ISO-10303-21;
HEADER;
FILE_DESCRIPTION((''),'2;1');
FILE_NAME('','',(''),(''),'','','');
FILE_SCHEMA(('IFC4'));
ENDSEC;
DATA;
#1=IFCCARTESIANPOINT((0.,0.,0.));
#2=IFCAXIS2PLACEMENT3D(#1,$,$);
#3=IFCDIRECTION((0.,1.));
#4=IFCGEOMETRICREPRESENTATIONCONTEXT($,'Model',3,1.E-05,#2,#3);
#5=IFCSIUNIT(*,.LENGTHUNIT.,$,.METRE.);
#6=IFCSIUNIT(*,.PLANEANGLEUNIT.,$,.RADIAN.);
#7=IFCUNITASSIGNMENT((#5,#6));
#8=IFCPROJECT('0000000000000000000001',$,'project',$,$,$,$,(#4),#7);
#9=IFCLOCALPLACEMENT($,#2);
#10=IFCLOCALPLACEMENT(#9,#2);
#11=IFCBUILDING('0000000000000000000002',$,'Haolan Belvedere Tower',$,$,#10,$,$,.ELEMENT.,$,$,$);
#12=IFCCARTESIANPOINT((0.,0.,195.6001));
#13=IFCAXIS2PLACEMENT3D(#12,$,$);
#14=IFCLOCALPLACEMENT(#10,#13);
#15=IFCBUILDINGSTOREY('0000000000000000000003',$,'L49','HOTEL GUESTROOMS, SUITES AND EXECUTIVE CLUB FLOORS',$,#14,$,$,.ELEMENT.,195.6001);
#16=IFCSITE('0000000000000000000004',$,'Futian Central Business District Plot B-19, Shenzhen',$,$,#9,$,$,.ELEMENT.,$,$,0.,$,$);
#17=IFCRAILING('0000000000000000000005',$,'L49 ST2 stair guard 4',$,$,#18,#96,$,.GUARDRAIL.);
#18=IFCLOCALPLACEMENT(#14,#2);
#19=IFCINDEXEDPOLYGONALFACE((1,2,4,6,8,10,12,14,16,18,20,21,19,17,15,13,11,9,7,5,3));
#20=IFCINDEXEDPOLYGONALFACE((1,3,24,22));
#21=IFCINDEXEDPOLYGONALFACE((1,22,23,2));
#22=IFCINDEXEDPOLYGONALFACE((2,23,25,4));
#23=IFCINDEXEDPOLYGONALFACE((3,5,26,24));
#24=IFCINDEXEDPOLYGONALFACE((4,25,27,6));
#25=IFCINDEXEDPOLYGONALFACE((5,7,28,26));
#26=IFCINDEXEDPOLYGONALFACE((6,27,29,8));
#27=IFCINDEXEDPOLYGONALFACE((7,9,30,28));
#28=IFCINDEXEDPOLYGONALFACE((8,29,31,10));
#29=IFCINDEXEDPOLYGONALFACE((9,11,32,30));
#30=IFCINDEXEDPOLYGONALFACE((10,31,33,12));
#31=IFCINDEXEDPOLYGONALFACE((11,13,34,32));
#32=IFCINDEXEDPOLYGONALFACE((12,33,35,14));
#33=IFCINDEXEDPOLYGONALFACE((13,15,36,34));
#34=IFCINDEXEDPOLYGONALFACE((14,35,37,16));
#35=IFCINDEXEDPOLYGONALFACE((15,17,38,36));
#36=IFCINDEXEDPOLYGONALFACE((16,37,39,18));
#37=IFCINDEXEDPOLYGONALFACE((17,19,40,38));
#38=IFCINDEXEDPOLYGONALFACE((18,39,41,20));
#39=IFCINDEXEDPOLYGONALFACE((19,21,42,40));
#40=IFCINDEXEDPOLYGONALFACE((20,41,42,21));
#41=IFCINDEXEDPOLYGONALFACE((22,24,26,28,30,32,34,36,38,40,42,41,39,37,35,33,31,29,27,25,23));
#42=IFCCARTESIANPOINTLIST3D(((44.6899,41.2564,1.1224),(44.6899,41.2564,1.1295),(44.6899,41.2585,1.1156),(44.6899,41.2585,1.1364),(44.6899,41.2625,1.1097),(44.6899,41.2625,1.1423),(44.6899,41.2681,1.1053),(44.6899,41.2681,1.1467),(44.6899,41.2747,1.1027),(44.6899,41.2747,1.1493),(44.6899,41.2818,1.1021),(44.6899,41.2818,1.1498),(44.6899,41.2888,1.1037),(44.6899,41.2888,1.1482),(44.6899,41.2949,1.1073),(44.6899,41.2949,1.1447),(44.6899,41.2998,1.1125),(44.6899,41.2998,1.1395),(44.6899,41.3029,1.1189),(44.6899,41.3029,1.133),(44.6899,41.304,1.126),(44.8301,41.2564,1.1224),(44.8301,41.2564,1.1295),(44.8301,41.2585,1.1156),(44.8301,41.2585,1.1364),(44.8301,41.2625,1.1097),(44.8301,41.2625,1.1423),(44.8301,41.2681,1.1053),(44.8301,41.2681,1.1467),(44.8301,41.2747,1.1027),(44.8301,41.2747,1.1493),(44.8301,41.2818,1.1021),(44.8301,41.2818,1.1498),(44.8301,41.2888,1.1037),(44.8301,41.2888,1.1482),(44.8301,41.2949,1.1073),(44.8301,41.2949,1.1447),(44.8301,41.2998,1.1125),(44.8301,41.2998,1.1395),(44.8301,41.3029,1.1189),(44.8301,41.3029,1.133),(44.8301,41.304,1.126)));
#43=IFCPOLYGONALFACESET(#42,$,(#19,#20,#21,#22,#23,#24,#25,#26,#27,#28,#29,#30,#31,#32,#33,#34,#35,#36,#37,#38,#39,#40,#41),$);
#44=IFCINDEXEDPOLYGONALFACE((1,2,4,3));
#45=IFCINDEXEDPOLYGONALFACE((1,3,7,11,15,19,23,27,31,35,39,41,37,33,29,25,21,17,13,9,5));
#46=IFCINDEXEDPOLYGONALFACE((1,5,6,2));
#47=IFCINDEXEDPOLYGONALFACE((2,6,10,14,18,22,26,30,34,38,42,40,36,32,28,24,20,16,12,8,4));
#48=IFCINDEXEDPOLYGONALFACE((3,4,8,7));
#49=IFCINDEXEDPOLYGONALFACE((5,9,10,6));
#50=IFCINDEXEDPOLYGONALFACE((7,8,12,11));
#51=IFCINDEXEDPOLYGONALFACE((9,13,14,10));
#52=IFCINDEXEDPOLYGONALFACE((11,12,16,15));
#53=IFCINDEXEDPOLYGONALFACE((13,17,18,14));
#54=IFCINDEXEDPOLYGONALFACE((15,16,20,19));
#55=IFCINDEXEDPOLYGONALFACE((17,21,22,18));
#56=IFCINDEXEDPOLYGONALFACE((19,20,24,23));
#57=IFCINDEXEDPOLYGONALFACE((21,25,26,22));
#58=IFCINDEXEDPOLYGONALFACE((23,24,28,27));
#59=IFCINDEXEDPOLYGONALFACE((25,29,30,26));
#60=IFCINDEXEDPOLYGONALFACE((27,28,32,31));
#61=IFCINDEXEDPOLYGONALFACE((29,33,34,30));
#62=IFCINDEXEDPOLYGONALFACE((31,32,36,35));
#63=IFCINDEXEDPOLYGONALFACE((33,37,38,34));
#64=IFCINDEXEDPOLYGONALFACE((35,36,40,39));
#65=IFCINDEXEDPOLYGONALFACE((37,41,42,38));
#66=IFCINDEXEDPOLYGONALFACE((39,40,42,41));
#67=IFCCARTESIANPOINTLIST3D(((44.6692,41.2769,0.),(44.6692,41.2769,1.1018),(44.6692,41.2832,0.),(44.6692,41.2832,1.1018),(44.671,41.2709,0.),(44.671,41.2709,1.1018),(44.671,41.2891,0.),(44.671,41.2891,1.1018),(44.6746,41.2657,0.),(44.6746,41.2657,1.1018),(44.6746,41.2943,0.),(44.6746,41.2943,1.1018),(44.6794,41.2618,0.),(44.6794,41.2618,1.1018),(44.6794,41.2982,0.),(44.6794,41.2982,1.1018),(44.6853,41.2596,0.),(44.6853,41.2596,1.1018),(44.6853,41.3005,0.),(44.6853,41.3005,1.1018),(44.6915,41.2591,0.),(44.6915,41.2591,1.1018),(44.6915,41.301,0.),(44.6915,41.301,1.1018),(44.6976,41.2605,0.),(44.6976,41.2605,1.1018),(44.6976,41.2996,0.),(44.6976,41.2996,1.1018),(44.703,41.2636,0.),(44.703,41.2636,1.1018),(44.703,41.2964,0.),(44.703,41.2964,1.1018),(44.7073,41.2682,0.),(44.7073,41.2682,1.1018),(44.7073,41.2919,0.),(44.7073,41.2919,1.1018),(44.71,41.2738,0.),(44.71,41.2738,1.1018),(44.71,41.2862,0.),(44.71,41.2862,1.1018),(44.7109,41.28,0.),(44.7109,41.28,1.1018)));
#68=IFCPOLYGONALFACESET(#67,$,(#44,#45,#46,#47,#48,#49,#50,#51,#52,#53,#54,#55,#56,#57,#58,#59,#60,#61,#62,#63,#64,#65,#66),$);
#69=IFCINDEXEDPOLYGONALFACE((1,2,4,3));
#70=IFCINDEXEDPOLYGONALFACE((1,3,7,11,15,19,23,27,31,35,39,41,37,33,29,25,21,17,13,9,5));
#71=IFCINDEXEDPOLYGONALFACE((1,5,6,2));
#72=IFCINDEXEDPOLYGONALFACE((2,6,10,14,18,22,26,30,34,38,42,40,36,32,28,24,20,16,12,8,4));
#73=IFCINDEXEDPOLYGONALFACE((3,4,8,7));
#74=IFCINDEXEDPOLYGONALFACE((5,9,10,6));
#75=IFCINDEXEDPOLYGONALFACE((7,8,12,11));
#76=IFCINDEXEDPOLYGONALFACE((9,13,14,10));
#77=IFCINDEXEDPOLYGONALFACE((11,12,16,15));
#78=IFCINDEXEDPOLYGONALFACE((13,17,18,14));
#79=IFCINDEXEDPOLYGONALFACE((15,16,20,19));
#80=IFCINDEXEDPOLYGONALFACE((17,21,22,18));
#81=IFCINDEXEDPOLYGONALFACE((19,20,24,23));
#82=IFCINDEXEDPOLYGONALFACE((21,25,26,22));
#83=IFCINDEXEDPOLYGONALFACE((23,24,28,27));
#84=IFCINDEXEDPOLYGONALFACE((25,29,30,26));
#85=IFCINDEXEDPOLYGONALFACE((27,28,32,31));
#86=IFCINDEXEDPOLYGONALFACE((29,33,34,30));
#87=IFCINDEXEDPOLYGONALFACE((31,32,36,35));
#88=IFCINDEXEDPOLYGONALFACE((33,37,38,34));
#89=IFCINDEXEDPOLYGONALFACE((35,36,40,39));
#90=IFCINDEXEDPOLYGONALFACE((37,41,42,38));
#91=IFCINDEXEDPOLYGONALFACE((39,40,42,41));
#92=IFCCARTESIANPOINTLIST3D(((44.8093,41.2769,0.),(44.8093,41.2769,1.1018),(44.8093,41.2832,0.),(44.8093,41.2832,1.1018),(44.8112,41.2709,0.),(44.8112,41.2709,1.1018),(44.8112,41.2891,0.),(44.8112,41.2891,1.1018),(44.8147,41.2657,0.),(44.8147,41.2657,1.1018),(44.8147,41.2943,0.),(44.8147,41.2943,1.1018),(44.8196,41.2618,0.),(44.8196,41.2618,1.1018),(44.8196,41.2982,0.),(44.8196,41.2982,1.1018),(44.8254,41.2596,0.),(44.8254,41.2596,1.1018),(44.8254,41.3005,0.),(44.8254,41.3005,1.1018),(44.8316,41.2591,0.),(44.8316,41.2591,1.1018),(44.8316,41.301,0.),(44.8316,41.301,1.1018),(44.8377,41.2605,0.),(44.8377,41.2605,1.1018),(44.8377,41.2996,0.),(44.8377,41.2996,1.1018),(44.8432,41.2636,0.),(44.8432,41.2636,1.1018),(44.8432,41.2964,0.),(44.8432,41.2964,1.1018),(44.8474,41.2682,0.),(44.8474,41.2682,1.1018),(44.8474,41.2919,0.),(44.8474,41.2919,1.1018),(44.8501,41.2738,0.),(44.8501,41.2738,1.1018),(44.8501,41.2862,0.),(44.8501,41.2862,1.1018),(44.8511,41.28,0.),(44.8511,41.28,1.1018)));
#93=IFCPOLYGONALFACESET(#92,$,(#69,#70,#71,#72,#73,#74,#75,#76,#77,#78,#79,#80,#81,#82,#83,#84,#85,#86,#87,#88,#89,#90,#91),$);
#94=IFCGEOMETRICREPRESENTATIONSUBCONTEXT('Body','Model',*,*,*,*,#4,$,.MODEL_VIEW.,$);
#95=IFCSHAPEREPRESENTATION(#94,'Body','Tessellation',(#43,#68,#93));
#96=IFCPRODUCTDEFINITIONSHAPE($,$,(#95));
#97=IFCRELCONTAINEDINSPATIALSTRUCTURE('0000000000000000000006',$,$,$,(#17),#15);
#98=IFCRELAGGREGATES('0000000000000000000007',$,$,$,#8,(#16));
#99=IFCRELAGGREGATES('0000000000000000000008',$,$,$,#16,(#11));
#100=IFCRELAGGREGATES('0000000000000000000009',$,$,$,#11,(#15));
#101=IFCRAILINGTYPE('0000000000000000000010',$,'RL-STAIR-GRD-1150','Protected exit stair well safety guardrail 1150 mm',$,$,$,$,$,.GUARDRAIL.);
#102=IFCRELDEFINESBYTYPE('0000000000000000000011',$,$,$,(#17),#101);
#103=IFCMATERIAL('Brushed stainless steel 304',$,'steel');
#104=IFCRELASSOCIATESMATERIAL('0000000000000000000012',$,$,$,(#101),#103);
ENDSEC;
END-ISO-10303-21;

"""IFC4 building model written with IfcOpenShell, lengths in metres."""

from ifc_helpers import new_model, si_unit, direction, frame, origin, origin_2d, place, context, subcontext, project, spatial, circle, extrude, material, type_object, element, save


model = new_model("IFC4")

# Units and contexts
model_context = context("Model", 3, precision=1e-05, world=origin(), true_north=direction((0.0, 1.0)))
body_context = subcontext(model_context, "Body", "Model", "MODEL_VIEW")
ifc_project = project(units=[si_unit("LENGTHUNIT", "METRE"), si_unit("PLANEANGLEUNIT", "RADIAN")], contexts=[model_context])

# Site, building, storey
site_placement = place(None, origin())
site = spatial("IfcSite", under=ifc_project, at=site_placement, Name="Futian Central Business District Plot B-19, Shenzhen", CompositionType="ELEMENT", RefElevation=0.0)
building_placement = place(site_placement, origin())
building = spatial("IfcBuilding", under=site, at=building_placement, Name="Haolan Belvedere Tower", CompositionType="ELEMENT")
storey_placement = place(building_placement, frame((0.0, 0.0, 195.6001)))
storey = spatial("IfcBuildingStorey", under=building, at=storey_placement, Name="L49", Description="HOTEL GUESTROOMS, SUITES AND EXECUTIVE CLUB FLOORS", CompositionType="ELEMENT", Elevation=195.6001)

# Railing
ifc_material_1 = material(Name="Brushed stainless steel 304", Category="steel")
railing_type_1 = type_object("IfcRailingType", Name="RL-STAIR-GRD-1150", Description="Protected exit stair well safety guardrail 1150 mm", PredefinedType="GUARDRAIL", material=ifc_material_1)
railing_1_placement = place(storey_placement, frame((44.6899, 41.28, 0.0)))
element("IfcRailing", 1, at=railing_1_placement, inside=storey, type_object=railing_type_1, Name="L49 ST2 stair guard 4", PredefinedType="GUARDRAIL", context=body_context, shape_type="SweptSolid", body=[
    extrude(circle(Radius=0.0239, at=origin_2d()), frame((0.0, 0.0, 1.126), z_axis=(1.0, 0.0, 0.0), x_axis=(0.0, 1.0, 0.0)), (0.0, 0.0, 1.0), 0.1401),
    extrude(circle(Radius=0.021, at=origin_2d()), origin(), (0.0, 0.0, 1.0), 1.1018),
    extrude(circle(Radius=0.021, at=origin_2d()), frame((0.1401, 0.0, 0.0)), (0.0, 0.0, 1.0), 1.1018),
])

save(model, "model.ifc")
